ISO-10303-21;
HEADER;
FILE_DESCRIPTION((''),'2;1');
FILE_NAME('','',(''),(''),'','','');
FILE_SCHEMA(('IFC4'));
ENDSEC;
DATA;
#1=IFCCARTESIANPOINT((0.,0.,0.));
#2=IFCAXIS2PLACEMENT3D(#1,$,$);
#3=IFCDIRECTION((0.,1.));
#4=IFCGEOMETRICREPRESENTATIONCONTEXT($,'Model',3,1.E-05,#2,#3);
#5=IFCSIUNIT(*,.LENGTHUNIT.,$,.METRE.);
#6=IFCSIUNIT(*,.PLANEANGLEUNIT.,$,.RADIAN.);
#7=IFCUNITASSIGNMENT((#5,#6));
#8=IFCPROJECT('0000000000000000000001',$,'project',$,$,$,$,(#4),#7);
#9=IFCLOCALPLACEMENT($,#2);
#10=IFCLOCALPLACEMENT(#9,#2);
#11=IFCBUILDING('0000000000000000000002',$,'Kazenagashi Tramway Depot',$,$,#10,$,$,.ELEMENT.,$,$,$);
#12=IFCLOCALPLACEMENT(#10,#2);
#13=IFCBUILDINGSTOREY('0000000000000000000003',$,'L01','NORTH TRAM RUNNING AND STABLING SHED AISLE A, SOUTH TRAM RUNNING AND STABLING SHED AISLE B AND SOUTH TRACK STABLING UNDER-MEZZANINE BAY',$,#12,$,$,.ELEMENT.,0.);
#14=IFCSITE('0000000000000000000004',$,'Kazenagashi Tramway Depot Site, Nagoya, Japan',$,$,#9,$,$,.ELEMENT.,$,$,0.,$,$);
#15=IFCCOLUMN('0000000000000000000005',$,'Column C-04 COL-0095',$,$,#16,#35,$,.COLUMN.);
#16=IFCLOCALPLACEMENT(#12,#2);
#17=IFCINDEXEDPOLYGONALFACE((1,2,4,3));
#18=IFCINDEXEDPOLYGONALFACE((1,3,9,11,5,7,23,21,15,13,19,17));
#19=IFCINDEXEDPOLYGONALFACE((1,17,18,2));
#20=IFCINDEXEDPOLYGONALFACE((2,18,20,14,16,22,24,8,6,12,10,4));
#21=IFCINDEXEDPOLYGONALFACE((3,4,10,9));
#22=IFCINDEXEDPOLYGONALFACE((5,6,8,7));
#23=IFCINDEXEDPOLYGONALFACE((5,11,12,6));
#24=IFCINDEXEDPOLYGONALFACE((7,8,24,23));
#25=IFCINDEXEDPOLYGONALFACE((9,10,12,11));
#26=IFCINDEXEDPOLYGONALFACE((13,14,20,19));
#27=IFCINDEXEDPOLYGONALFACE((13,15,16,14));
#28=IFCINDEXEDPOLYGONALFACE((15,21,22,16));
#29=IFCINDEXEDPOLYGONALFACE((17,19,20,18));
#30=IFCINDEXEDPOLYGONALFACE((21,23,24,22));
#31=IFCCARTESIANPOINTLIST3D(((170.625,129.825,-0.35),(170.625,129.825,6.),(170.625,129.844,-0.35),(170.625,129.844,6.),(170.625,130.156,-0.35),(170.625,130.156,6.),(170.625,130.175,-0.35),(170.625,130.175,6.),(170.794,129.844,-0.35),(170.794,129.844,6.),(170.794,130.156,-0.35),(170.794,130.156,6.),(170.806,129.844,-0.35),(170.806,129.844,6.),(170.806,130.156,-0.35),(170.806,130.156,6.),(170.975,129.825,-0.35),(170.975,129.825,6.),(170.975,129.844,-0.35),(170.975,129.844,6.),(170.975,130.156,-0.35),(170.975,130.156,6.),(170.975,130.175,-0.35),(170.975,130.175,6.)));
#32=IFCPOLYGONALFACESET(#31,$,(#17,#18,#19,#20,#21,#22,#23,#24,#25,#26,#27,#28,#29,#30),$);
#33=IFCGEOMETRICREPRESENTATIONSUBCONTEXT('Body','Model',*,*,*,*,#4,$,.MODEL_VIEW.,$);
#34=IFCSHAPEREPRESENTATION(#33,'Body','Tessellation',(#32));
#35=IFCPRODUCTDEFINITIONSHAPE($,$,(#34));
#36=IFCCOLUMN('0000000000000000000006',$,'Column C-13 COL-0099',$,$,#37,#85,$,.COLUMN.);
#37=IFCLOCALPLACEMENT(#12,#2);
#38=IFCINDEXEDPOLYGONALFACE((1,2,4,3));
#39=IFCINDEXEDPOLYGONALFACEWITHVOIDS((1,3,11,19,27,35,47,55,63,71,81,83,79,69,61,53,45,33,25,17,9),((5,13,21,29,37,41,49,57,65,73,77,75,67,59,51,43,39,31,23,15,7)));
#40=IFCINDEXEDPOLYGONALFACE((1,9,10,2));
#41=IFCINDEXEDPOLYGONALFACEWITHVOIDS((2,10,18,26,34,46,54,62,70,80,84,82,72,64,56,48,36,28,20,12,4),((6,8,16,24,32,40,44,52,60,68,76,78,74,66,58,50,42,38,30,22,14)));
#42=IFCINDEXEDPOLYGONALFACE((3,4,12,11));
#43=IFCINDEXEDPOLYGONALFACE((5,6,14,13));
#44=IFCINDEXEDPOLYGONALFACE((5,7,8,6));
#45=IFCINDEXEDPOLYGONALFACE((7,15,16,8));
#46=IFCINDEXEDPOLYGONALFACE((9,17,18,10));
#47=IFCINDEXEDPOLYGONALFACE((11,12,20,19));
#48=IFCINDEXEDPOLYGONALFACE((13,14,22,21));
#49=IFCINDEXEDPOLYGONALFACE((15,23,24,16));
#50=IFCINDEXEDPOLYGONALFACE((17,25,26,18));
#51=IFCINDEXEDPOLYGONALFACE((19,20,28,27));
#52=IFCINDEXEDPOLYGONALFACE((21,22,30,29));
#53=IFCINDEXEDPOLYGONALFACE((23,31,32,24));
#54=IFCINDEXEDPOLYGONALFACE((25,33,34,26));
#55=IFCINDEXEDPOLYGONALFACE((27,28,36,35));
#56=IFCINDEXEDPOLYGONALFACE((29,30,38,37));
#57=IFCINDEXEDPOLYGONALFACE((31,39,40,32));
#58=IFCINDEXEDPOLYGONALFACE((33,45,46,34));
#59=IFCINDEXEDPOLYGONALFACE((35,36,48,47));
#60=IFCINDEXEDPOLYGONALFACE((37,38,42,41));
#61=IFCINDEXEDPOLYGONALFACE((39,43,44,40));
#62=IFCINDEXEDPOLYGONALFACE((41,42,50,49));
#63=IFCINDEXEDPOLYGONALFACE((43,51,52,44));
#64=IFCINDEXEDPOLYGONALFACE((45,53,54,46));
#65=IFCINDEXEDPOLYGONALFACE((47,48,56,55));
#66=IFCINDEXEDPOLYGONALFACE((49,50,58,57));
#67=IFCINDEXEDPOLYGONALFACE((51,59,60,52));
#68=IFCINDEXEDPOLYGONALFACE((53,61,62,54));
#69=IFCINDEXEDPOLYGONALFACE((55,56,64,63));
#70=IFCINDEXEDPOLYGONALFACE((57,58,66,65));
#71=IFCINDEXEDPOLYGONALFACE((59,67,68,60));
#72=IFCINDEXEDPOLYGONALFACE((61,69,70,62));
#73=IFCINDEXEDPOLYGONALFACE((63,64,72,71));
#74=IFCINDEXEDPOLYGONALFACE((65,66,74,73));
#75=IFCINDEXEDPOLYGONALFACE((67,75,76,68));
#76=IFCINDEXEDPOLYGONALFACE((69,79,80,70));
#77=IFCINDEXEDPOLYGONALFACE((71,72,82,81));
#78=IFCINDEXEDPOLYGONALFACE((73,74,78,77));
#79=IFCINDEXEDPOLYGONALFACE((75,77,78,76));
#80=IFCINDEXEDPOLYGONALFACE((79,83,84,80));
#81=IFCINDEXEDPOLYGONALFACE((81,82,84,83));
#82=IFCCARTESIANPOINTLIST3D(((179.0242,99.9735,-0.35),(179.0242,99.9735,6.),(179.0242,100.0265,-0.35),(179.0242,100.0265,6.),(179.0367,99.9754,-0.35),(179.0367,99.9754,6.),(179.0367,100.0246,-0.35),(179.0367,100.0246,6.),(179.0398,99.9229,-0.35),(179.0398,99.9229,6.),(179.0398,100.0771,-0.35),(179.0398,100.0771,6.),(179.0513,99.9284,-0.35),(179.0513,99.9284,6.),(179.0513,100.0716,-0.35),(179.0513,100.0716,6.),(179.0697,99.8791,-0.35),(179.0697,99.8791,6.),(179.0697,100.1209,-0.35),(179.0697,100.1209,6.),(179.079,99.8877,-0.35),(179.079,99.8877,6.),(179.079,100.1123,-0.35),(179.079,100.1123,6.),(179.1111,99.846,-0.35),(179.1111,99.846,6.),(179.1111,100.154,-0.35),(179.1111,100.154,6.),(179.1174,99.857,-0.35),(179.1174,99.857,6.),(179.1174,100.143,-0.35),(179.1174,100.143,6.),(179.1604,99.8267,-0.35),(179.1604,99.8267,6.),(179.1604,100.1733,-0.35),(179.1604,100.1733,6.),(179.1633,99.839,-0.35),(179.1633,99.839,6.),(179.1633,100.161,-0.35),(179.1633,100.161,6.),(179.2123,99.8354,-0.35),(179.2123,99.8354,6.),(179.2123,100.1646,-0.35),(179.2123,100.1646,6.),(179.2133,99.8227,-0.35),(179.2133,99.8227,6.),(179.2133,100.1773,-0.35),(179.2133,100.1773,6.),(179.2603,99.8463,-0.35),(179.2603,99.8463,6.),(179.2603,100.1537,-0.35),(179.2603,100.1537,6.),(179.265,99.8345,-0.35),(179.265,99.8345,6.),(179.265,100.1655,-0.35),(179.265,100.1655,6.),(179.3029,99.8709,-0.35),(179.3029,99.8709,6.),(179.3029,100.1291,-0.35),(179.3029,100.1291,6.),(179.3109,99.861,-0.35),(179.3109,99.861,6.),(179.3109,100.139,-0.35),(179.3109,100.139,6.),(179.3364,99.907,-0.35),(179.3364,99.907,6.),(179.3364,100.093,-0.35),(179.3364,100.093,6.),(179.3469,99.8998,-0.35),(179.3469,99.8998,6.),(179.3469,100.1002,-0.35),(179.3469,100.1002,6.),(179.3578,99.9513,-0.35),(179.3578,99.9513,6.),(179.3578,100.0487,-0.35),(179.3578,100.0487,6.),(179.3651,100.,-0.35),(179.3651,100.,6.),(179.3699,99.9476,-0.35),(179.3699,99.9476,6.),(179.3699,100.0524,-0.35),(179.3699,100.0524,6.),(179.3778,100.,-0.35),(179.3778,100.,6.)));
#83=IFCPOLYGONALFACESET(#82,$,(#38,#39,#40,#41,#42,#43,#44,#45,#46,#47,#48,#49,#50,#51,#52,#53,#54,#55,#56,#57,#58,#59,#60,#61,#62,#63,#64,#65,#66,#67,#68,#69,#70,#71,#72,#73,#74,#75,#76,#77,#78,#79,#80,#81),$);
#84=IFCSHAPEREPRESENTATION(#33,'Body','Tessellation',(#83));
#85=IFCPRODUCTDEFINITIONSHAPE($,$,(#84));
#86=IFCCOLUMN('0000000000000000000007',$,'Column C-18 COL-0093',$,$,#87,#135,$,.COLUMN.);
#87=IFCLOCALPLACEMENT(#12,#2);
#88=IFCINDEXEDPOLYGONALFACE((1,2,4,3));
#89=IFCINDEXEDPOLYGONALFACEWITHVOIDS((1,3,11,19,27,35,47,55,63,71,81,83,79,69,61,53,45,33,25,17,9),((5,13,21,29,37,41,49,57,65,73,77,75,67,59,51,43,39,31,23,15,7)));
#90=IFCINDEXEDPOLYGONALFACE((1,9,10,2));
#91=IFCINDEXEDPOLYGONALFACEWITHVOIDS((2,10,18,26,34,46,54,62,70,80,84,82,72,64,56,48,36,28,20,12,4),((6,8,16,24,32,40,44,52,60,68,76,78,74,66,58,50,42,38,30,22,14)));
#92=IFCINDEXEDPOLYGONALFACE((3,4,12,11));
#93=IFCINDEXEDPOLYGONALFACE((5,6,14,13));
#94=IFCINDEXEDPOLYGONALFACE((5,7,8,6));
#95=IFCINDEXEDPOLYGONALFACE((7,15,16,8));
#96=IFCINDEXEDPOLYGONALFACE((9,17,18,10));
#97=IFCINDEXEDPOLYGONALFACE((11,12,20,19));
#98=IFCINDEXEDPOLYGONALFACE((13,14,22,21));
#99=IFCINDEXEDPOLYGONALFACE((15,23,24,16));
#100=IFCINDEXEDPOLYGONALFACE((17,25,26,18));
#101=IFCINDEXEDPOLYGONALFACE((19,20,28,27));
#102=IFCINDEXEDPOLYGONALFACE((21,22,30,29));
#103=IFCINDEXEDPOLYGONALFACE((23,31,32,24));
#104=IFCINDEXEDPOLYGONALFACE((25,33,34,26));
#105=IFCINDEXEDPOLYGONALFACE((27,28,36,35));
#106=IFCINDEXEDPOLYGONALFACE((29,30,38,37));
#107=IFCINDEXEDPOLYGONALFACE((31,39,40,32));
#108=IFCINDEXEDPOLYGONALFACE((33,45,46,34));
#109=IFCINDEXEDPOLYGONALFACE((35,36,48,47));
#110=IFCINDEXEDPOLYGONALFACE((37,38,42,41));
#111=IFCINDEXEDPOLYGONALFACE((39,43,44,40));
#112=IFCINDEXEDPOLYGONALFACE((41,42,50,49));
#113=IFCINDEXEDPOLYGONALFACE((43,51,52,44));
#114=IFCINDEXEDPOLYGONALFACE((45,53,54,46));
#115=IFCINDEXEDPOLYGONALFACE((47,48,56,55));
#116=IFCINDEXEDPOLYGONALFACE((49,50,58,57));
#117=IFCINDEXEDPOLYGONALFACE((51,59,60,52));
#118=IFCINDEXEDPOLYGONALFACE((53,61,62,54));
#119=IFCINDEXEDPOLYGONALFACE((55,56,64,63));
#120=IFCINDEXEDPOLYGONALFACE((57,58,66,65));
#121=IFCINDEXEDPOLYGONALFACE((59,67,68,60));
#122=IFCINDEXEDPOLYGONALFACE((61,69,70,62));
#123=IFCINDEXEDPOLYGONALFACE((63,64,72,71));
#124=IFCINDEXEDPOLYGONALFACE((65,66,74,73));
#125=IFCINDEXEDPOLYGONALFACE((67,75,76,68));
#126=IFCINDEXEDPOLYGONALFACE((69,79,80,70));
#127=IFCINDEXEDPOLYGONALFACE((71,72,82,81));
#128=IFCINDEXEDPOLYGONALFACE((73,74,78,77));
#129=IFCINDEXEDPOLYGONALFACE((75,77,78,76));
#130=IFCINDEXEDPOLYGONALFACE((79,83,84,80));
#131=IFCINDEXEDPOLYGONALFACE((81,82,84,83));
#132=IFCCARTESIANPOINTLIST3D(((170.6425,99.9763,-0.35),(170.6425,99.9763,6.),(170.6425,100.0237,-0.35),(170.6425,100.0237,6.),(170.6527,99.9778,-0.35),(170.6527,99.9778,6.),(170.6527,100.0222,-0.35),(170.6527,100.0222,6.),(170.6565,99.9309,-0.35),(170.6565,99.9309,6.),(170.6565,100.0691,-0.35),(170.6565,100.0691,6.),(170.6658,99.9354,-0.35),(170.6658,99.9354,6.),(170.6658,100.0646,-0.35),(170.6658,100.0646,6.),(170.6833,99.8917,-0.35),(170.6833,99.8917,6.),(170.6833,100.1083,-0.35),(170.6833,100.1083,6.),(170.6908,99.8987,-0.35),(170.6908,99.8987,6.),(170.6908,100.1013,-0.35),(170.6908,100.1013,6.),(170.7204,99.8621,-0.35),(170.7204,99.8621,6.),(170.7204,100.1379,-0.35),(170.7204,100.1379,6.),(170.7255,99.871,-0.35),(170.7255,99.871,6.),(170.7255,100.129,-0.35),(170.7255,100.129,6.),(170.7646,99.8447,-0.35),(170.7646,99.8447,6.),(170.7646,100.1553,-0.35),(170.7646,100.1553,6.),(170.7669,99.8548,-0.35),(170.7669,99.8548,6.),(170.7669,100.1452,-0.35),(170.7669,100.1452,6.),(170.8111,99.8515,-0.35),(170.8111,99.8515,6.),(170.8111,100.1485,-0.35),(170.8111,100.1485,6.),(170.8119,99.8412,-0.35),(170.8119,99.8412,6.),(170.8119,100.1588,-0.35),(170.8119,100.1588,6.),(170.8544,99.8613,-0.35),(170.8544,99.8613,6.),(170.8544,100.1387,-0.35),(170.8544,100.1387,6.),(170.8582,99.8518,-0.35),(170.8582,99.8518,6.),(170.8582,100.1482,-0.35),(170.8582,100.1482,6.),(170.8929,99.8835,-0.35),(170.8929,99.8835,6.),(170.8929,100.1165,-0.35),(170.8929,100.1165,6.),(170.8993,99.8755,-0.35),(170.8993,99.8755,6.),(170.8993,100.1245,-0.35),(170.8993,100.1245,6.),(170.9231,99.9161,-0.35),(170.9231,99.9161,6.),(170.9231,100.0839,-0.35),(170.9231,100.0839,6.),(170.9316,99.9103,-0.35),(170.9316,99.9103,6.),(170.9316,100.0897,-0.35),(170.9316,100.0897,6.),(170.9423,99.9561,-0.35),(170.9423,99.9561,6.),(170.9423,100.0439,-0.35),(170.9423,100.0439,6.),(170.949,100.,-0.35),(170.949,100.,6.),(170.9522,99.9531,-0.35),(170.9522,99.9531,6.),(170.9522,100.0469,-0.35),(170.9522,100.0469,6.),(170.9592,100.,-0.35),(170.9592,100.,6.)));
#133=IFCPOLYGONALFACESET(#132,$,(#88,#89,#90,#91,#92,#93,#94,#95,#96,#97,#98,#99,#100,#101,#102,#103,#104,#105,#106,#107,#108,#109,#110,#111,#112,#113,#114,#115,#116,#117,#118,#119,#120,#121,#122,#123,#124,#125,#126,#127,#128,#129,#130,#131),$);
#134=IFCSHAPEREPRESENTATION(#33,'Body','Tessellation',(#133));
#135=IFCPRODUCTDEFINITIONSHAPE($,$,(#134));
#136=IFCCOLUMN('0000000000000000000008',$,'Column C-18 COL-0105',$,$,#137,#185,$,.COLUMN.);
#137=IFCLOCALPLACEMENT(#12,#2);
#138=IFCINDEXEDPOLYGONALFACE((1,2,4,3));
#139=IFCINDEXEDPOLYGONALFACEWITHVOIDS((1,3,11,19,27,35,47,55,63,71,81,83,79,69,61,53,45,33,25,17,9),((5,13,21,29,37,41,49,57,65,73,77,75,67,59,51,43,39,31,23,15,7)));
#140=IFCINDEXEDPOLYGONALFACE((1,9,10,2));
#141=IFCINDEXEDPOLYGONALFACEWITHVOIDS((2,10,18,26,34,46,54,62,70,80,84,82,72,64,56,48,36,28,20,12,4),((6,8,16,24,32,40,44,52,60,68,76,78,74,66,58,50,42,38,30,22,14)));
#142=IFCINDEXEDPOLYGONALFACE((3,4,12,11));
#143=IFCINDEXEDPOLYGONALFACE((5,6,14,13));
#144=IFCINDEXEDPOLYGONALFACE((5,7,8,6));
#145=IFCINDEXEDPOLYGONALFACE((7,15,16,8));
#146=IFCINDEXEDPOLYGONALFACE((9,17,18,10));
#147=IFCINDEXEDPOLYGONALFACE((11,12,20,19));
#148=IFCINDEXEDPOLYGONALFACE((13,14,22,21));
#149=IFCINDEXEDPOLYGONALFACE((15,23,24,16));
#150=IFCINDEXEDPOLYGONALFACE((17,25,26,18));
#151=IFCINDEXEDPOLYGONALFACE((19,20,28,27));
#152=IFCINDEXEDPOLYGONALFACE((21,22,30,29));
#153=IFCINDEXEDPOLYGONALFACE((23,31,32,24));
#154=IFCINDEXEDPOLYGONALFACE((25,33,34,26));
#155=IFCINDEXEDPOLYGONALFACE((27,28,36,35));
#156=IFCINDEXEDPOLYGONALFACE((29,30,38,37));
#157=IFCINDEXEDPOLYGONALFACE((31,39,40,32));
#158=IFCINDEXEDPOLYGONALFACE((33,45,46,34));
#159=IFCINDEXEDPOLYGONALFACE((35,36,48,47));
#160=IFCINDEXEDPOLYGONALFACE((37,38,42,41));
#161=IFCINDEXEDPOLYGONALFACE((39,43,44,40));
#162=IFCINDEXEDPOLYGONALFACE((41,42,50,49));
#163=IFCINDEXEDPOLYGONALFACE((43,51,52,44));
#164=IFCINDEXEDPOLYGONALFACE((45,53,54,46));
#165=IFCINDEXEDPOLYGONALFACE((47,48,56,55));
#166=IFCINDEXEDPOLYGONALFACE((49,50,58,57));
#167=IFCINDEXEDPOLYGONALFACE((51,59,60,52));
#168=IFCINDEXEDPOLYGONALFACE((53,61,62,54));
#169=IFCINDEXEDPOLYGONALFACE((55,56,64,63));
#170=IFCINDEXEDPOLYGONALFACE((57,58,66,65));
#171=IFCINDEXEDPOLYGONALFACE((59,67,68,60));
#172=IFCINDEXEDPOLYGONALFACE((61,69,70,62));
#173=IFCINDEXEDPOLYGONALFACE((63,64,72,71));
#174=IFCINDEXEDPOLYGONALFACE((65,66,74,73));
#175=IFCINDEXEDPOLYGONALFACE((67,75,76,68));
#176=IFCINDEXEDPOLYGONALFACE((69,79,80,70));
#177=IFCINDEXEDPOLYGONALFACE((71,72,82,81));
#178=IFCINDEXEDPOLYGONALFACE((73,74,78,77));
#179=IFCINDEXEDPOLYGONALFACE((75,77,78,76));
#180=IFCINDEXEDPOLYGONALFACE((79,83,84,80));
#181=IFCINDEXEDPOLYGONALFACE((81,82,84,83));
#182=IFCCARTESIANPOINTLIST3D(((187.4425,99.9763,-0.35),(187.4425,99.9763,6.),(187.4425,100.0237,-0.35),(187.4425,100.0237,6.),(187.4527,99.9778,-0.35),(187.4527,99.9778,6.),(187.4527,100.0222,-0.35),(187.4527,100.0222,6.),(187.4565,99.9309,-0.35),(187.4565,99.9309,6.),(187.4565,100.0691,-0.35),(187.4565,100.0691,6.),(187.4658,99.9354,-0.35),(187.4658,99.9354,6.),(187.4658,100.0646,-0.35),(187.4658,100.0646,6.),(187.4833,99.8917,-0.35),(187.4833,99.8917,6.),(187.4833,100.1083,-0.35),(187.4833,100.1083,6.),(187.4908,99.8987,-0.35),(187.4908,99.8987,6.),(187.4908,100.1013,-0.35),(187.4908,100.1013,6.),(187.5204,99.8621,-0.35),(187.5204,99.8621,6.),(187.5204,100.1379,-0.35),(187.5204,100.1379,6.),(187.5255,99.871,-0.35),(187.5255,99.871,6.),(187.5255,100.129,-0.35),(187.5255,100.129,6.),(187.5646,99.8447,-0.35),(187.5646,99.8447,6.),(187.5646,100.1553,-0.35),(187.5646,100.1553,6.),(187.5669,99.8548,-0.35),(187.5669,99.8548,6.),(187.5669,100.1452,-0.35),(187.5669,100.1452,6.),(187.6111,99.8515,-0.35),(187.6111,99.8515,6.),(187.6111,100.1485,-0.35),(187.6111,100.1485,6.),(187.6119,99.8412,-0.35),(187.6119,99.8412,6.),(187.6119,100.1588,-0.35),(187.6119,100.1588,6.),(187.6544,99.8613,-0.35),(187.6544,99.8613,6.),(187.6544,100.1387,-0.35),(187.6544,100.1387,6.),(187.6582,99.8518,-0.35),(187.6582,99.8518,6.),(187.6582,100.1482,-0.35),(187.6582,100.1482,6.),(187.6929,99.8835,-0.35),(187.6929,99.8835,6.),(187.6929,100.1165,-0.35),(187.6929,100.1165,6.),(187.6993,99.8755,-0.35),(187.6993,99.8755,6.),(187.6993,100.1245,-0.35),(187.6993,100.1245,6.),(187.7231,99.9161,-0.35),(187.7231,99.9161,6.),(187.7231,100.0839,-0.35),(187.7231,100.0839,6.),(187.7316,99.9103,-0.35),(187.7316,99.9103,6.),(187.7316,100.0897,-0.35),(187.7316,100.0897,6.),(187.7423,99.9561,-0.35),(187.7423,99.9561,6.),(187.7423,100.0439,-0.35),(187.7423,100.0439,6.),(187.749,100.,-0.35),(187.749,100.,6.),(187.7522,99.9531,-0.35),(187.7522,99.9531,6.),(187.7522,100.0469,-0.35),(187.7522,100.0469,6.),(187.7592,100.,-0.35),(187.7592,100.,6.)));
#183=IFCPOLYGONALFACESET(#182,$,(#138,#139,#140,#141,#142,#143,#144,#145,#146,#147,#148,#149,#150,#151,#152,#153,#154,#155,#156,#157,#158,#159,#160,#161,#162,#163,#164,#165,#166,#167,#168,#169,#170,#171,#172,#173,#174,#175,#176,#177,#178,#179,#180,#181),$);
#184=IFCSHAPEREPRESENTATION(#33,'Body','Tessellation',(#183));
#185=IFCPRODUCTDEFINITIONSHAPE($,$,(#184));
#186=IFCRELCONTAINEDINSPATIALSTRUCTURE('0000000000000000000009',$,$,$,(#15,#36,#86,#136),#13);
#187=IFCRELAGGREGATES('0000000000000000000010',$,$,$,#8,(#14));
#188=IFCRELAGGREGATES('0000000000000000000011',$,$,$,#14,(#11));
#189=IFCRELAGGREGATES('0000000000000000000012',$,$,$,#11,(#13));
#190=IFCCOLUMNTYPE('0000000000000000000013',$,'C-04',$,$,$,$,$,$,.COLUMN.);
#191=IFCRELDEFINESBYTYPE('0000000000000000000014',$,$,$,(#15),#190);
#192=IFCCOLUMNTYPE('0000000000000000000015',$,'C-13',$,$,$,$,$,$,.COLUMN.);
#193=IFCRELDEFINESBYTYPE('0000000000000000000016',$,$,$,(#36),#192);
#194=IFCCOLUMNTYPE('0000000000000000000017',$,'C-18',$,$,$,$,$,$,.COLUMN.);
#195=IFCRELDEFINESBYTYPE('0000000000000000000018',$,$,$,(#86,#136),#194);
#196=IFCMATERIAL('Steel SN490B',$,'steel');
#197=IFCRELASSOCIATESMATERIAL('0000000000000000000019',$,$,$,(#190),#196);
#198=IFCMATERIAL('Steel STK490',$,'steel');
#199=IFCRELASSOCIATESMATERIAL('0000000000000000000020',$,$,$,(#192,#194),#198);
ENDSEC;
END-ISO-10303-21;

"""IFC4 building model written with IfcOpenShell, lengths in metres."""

from ifc_helpers import new_model, si_unit, direction, frame, origin, origin_2d, place, context, subcontext, project, spatial, hollow_circle, i_section, extrude, material, material_profile, profile_set, type_object, element, save


model = new_model("IFC4")

# Units and contexts
model_context = context("Model", 3, precision=1e-05, world=origin(), true_north=direction((0.0, 1.0)))
body_context = subcontext(model_context, "Body", "Model", "MODEL_VIEW")
ifc_project = project(units=[si_unit("LENGTHUNIT", "METRE"), si_unit("PLANEANGLEUNIT", "RADIAN")], contexts=[model_context])

# Site, building, storey
site_placement = place(None, origin())
site = spatial("IfcSite", under=ifc_project, at=site_placement, Name="Kazenagashi Tramway Depot Site, Nagoya, Japan", CompositionType="ELEMENT", RefElevation=0.0)
building_placement = place(site_placement, origin())
building = spatial("IfcBuilding", under=site, at=building_placement, Name="Kazenagashi Tramway Depot", CompositionType="ELEMENT")
storey_placement = place(building_placement, origin())
storey = spatial("IfcBuildingStorey", under=building, at=storey_placement, Name="L01", Description="NORTH TRAM RUNNING AND STABLING SHED AISLE A, SOUTH TRAM RUNNING AND STABLING SHED AISLE B AND SOUTH TRACK STABLING UNDER-MEZZANINE BAY", CompositionType="ELEMENT", Elevation=0.0)

# Columns
ifc_material_1 = material(Name="Steel SN490B", Category="steel")
ifc_material_profile_1 = material_profile(ifc_material_1, i_section(OverallWidth=0.35, OverallDepth=0.35, WebThickness=0.012, FlangeThickness=0.019, at=origin_2d()), Name="H-350x350x12x19")
ifc_profile_set_1 = profile_set([ifc_material_profile_1], Name="Steel SN490B")
column_type_1 = type_object("IfcColumnType", Name="C-04", PredefinedType="COLUMN", material=ifc_profile_set_1)
column_1_placement = place(storey_placement, frame((170.8, 130.0, -0.35), z_axis=(0.0, 0.0, 1.0), x_axis=(1.0, 0.0, 0.0)))
element("IfcColumn", 1, at=column_1_placement, inside=storey, type_object=column_type_1, Name="Column C-04 COL-0095", PredefinedType="COLUMN", context=body_context, shape_type="SweptSolid", body=[
    extrude(i_section(OverallWidth=0.35, OverallDepth=0.35, WebThickness=0.012, FlangeThickness=0.019, at=origin_2d()), origin(), (0.0, 0.0, 1.0), 6.35),
])
ifc_material_2 = material(Name="Steel STK490", Category="steel")
ifc_material_profile_2 = material_profile(ifc_material_2, hollow_circle(Radius=0.1778, WallThickness=0.0127, at=origin_2d()), Name="CHS-355.6x12.7")
ifc_profile_set_2 = profile_set([ifc_material_profile_2], Name="Steel STK490")
column_type_2 = type_object("IfcColumnType", Name="C-13", PredefinedType="COLUMN", material=ifc_profile_set_2)
column_2_placement = place(storey_placement, frame((179.2, 100.0, -0.35), z_axis=(0.0, 0.0, 1.0), x_axis=(1.0, 0.0, 0.0)))
element("IfcColumn", 2, at=column_2_placement, inside=storey, type_object=column_type_2, Name="Column C-13 COL-0099", PredefinedType="COLUMN", context=body_context, shape_type="SweptSolid", body=[
    extrude(hollow_circle(Radius=0.1778, WallThickness=0.0127, at=origin_2d()), origin(), (0.0, 0.0, 1.0), 6.35),
])
ifc_material_profile_3 = material_profile(ifc_material_2, hollow_circle(Radius=0.1593, WallThickness=0.0103, at=origin_2d()), Name="CHS-318.5x10.3")
ifc_profile_set_3 = profile_set([ifc_material_profile_3], Name="Steel STK490")
column_type_3 = type_object("IfcColumnType", Name="C-18", PredefinedType="COLUMN", material=ifc_profile_set_3)
for number, where, z_axis, x_axis, name in (
    (3, (170.8, 100.0, -0.35), (0.0, 0.0, 1.0), (1.0, 0.0, 0.0), "Column C-18 COL-0093"),
    (4, (187.6, 100.0, -0.35), (0.0, 0.0, 1.0), (1.0, 0.0, 0.0), "Column C-18 COL-0105"),
):
    element("IfcColumn", number, at=place(storey_placement, frame(where, z_axis=z_axis, x_axis=x_axis)), inside=storey, type_object=column_type_3, Name=name, PredefinedType="COLUMN", context=body_context, shape_type="SweptSolid", body=[
        extrude(hollow_circle(Radius=0.1593, WallThickness=0.0103, at=origin_2d()), origin(), (0.0, 0.0, 1.0), 6.35),
    ])

save(model, "model.ifc")
